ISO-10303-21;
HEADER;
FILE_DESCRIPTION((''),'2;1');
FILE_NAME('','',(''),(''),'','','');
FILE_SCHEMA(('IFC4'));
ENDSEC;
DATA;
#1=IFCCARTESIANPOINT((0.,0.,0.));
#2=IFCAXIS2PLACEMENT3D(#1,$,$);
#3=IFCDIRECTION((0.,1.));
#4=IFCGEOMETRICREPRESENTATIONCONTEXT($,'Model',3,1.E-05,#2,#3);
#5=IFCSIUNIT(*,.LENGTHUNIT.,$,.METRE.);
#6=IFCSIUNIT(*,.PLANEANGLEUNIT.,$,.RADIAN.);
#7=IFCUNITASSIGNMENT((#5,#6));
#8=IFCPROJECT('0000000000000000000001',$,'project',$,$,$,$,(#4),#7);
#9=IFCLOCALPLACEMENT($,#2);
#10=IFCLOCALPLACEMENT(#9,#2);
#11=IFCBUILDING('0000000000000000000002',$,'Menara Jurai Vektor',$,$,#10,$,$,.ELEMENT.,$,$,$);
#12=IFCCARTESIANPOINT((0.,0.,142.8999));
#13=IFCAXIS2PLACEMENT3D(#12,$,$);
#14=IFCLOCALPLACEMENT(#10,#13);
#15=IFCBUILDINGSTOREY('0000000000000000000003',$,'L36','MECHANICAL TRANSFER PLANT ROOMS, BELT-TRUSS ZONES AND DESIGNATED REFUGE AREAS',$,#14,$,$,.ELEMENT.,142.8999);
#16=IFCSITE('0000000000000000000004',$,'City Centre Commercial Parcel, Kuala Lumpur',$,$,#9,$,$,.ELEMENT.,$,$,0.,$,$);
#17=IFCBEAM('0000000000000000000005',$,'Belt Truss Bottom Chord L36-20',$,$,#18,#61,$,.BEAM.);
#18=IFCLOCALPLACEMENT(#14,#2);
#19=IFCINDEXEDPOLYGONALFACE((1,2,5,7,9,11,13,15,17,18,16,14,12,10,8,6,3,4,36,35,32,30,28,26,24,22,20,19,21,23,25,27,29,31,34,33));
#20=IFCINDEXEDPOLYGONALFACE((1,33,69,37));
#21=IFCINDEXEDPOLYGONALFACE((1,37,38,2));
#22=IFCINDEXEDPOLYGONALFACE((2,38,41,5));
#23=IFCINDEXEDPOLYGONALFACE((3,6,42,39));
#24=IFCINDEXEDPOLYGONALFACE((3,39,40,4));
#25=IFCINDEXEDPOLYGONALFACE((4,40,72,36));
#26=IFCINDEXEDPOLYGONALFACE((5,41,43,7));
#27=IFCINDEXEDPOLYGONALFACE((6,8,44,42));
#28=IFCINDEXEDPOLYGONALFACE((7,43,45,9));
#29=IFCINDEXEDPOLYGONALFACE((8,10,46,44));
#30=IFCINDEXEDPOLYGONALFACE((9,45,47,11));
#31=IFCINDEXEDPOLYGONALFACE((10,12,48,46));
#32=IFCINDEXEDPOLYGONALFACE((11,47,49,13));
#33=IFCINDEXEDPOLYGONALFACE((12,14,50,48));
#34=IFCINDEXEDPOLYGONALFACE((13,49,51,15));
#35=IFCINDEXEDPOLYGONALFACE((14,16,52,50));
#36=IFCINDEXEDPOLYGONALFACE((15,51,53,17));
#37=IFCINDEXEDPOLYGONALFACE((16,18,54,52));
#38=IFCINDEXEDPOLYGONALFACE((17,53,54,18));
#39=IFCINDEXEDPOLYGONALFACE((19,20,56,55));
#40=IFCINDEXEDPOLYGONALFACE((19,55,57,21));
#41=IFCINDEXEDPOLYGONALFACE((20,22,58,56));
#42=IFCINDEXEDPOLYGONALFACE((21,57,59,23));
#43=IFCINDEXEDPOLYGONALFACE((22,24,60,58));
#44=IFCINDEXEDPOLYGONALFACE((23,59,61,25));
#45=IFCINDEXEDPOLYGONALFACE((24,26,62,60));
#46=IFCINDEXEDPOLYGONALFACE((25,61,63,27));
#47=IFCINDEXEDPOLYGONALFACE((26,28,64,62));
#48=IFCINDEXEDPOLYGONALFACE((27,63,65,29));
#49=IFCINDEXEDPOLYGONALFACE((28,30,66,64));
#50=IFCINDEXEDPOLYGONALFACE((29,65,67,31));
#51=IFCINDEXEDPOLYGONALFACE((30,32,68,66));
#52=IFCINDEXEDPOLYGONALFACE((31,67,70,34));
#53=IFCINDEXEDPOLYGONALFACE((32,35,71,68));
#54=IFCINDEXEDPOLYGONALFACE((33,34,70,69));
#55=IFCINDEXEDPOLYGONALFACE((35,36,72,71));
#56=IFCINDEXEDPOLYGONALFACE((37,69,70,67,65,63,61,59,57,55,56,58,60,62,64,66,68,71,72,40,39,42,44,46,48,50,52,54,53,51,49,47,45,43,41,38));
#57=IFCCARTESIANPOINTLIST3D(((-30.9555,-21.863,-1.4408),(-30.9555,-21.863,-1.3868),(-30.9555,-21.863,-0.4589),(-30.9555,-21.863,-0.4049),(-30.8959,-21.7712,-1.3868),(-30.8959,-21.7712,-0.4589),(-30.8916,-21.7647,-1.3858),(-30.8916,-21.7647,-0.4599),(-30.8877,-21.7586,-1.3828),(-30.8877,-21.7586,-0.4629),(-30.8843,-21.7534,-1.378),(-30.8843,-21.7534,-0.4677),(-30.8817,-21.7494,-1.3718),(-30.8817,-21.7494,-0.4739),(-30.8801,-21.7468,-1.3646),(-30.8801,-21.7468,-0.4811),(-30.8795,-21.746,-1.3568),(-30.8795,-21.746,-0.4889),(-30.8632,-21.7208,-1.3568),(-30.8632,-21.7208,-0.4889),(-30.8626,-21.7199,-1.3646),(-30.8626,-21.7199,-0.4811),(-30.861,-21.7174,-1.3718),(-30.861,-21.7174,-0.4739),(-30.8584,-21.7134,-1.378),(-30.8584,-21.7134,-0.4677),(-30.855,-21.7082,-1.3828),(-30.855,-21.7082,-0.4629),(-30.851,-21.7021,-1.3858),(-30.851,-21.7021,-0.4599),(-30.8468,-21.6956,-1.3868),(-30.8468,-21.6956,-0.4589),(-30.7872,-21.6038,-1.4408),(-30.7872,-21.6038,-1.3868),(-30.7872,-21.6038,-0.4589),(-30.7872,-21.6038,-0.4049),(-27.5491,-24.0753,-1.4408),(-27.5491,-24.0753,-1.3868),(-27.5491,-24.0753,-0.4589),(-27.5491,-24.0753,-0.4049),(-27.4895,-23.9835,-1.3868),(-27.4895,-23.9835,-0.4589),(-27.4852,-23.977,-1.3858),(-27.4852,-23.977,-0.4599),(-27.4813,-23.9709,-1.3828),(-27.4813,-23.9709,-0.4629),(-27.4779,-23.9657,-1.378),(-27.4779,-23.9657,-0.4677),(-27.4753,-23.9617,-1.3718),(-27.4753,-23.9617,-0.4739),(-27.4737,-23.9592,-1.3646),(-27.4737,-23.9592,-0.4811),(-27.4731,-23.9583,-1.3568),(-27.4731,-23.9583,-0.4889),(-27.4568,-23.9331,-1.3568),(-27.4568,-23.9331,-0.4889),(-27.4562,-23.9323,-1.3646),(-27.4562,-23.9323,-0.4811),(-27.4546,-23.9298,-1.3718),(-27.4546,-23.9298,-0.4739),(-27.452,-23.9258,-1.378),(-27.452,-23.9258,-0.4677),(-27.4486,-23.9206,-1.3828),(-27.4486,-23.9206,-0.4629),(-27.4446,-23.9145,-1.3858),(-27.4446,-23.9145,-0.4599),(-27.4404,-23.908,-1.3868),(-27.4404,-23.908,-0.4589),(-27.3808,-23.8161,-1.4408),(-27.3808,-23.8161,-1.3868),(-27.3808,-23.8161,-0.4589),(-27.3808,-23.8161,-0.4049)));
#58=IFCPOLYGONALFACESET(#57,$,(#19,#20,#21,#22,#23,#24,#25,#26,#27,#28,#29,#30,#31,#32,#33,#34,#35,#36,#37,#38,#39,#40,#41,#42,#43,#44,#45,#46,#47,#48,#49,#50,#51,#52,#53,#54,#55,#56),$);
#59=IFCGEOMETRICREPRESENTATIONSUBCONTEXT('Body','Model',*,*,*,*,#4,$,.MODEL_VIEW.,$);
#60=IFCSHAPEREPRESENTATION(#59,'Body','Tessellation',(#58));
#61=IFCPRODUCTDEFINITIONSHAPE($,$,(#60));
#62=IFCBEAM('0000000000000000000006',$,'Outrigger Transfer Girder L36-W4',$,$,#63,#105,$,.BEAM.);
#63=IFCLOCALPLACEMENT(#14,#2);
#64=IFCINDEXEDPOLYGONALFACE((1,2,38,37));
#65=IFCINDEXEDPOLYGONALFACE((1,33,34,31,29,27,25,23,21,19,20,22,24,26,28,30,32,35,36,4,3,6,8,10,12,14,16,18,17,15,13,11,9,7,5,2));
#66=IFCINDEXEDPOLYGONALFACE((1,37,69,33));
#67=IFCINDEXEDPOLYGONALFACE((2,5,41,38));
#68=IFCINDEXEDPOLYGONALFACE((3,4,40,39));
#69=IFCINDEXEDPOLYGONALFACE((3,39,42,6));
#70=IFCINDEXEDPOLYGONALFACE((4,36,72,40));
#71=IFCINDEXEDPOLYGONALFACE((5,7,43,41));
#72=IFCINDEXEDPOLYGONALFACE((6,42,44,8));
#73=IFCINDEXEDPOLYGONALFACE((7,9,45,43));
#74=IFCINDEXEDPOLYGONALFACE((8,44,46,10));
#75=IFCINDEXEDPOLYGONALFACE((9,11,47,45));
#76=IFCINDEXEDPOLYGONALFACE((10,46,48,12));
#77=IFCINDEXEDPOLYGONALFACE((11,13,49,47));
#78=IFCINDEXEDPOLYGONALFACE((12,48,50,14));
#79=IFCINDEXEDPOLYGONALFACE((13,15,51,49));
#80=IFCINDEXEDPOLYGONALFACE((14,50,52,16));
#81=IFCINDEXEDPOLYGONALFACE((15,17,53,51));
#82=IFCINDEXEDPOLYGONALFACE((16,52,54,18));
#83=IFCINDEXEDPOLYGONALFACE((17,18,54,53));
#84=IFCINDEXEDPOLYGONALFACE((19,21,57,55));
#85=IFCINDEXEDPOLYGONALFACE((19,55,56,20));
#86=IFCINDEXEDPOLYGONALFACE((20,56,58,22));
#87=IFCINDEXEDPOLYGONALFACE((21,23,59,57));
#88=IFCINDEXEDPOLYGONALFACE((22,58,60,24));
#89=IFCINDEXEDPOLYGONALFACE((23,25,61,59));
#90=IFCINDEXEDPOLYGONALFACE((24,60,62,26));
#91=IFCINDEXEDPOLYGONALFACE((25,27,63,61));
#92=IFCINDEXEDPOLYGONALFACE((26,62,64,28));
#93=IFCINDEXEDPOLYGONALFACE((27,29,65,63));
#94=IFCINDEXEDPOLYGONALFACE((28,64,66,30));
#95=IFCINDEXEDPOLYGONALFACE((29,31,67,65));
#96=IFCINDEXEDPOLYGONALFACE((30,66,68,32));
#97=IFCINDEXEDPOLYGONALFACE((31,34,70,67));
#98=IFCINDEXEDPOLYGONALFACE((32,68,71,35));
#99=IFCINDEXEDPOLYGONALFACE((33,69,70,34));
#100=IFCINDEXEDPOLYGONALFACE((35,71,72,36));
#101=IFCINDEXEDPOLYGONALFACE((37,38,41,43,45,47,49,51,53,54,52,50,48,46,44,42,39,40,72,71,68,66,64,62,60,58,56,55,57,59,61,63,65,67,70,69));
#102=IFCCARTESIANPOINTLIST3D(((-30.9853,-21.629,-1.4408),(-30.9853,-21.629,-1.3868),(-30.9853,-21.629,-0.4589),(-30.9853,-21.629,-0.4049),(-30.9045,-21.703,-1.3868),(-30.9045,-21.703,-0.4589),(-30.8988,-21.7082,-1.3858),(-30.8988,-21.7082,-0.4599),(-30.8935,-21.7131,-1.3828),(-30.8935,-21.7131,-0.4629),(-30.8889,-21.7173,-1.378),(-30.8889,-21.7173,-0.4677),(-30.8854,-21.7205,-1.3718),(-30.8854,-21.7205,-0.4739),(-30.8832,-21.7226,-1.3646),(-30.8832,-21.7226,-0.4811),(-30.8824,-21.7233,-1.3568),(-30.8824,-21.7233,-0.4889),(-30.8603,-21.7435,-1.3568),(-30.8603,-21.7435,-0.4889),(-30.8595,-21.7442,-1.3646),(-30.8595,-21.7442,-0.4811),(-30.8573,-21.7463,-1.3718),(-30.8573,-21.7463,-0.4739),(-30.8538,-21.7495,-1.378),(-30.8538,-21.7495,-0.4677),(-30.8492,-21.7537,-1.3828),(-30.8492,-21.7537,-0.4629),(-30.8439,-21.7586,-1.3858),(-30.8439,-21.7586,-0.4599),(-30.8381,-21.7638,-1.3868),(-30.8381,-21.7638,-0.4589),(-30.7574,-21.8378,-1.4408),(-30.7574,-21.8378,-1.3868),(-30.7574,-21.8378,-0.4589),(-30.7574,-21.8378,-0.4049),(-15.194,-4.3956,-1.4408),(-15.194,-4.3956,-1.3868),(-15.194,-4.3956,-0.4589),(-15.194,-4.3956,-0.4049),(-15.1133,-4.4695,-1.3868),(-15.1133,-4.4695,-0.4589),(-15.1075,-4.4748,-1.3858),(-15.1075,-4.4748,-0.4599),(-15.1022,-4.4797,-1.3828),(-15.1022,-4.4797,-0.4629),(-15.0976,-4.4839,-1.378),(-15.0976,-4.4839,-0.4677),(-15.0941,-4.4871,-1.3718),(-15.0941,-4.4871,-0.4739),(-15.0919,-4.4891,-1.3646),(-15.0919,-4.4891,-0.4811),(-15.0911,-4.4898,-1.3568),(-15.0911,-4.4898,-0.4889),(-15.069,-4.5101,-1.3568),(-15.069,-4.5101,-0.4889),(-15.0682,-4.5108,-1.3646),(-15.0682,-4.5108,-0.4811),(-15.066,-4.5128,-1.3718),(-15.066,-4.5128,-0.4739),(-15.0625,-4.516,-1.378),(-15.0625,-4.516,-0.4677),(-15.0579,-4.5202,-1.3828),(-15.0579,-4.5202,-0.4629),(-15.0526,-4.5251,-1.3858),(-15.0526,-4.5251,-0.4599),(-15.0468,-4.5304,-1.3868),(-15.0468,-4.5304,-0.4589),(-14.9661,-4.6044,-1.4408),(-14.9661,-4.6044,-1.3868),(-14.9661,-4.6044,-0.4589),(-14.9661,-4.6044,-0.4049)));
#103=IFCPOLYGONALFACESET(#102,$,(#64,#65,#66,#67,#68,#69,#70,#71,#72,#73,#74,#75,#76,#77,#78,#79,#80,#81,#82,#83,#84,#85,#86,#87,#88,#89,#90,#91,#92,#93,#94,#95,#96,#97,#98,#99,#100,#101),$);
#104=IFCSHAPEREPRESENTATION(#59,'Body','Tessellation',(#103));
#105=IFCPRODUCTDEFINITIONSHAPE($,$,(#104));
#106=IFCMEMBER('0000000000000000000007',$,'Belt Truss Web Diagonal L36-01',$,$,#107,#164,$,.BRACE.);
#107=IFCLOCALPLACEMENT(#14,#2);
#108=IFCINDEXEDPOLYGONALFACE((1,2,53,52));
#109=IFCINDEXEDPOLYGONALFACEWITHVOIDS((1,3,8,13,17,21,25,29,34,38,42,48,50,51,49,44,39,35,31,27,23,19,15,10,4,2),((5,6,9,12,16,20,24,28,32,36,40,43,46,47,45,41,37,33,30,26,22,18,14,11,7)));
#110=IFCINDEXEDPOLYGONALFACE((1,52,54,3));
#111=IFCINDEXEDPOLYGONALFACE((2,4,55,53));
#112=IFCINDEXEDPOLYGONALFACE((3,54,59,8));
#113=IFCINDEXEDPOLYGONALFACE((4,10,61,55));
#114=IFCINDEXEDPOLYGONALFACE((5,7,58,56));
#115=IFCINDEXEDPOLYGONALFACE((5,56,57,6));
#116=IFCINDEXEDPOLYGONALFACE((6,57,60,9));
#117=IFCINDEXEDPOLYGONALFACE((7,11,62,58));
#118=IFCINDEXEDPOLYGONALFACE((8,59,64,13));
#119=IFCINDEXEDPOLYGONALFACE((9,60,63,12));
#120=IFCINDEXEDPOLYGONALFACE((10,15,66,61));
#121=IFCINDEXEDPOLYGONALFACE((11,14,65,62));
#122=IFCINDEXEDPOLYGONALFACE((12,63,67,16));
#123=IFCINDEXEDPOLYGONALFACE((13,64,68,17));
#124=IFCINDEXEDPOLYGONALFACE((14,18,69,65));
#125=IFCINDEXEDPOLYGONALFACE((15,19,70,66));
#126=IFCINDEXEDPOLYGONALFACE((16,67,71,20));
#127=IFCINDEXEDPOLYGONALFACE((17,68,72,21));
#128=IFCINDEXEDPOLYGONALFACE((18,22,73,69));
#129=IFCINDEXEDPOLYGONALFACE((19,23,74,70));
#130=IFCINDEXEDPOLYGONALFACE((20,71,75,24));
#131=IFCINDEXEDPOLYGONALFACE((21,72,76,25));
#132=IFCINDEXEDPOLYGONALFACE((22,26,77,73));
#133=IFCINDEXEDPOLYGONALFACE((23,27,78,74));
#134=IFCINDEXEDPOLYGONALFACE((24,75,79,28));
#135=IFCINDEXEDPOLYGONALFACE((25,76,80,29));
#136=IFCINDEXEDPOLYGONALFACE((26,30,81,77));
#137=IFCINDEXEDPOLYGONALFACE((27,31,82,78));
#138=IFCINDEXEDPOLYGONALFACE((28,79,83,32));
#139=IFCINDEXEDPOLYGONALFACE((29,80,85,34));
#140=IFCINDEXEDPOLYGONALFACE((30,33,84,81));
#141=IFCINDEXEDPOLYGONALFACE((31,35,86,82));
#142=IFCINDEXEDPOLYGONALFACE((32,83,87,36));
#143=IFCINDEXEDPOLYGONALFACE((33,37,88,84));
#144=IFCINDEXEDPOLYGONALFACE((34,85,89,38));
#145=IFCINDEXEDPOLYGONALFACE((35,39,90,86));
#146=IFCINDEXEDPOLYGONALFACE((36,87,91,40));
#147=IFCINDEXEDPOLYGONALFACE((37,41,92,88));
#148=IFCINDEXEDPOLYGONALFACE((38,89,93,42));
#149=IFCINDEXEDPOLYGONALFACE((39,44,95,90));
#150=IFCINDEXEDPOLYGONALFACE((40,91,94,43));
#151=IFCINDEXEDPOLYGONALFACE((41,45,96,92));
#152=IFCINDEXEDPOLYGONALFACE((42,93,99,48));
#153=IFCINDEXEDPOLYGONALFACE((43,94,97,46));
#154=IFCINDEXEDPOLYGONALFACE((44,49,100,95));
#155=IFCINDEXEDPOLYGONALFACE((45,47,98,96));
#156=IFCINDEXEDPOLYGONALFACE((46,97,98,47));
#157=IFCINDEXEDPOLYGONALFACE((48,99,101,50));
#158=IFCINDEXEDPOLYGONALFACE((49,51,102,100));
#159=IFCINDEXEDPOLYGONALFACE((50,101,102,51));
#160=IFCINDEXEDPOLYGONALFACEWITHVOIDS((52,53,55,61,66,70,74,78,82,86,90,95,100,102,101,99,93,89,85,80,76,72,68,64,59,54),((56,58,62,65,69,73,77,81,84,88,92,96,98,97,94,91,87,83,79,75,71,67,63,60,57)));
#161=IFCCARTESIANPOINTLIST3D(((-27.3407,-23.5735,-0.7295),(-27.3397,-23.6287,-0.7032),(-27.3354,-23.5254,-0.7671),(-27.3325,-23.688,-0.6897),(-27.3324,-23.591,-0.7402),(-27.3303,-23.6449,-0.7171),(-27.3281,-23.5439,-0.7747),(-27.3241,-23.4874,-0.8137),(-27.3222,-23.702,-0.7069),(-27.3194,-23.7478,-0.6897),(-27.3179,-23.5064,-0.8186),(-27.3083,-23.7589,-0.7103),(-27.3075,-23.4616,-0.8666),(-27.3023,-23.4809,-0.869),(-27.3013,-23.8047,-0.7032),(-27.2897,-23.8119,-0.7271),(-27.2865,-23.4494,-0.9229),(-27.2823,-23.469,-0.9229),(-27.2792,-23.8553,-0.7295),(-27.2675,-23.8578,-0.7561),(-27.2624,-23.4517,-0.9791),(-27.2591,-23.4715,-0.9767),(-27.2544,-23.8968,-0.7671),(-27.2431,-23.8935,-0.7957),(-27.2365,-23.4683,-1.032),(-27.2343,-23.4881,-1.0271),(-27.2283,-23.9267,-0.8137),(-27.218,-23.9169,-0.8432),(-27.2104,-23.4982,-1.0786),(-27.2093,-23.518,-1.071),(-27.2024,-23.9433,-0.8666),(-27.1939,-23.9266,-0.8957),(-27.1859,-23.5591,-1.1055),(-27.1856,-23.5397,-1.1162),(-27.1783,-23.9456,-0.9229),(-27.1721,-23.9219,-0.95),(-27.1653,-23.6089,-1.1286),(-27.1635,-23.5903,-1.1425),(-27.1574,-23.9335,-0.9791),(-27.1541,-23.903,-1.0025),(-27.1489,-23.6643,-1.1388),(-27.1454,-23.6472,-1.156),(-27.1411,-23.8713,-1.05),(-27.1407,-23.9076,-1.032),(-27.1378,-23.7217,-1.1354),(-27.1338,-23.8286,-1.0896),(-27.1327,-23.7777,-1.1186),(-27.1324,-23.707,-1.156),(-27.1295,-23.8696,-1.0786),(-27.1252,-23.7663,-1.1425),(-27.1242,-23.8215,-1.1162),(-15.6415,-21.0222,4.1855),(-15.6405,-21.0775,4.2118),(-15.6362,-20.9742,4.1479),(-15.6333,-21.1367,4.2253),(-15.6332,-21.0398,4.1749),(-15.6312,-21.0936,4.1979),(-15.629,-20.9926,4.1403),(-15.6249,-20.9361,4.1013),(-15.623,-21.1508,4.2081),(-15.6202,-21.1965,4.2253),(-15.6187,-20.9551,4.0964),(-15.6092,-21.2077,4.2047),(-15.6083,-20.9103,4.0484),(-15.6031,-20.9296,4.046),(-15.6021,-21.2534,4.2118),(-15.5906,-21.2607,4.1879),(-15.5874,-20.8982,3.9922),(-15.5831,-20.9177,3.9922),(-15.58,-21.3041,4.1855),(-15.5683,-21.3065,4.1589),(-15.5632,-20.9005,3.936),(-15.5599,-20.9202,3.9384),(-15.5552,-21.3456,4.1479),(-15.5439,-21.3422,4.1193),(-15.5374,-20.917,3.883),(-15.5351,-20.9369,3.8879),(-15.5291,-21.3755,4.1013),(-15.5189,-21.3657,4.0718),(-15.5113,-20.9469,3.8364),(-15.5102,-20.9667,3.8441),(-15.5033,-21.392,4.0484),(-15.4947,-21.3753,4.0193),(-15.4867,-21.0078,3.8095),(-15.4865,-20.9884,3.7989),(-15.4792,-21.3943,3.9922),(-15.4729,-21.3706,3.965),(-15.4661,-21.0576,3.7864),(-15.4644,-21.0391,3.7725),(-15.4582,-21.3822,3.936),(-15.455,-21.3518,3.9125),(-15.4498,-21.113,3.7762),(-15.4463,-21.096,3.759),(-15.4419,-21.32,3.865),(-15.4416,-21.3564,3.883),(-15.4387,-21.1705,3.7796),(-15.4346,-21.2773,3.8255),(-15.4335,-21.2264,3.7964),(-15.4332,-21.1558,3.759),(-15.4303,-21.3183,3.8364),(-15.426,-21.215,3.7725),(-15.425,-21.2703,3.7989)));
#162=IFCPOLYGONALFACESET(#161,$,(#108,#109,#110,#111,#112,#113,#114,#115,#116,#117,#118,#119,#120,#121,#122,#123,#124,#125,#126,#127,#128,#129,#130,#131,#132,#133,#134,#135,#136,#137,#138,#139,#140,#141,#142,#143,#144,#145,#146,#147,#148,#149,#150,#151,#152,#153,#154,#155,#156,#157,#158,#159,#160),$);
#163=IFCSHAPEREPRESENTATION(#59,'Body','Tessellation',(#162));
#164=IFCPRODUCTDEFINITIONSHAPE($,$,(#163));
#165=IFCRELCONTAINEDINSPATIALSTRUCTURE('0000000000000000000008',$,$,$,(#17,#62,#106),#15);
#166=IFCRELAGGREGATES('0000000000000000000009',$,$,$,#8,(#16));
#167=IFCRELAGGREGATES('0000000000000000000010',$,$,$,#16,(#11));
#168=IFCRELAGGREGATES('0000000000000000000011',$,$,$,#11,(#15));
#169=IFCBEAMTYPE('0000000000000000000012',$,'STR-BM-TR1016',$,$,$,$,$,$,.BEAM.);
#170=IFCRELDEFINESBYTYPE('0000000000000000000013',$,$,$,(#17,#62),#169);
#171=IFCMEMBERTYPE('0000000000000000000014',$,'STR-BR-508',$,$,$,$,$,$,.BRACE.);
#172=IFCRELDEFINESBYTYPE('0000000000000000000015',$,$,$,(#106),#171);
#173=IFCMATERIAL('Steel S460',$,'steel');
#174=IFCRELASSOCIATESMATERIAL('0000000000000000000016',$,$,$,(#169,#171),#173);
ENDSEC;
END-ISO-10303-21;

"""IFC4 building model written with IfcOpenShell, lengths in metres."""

from ifc_helpers import new_model, si_unit, direction, frame, origin, origin_2d, place, context, subcontext, project, spatial, hollow_circle, i_section, extrude, material, material_profile, profile_set, type_object, element, save


model = new_model("IFC4")

# Units and contexts
model_context = context("Model", 3, precision=1e-05, world=origin(), true_north=direction((0.0, 1.0)))
body_context = subcontext(model_context, "Body", "Model", "MODEL_VIEW")
ifc_project = project(units=[si_unit("LENGTHUNIT", "METRE"), si_unit("PLANEANGLEUNIT", "RADIAN")], contexts=[model_context])

# Site, building, storey
site_placement = place(None, origin())
site = spatial("IfcSite", under=ifc_project, at=site_placement, Name="City Centre Commercial Parcel, Kuala Lumpur", CompositionType="ELEMENT", RefElevation=0.0)
building_placement = place(site_placement, origin())
building = spatial("IfcBuilding", under=site, at=building_placement, Name="Menara Jurai Vektor", CompositionType="ELEMENT")
storey_placement = place(building_placement, frame((0.0, 0.0, 142.8999)))
storey = spatial("IfcBuildingStorey", under=building, at=storey_placement, Name="L36", Description="MECHANICAL TRANSFER PLANT ROOMS, BELT-TRUSS ZONES AND DESIGNATED REFUGE AREAS", CompositionType="ELEMENT", Elevation=142.8999)

# Shared definitions
ifc_material_1 = material(Name="Steel S460", Category="steel")

# Beams
ifc_material_profile_1 = material_profile(ifc_material_1, i_section(OverallWidth=0.3091, OverallDepth=1.0359, WebThickness=0.03, FlangeThickness=0.054, FilletRadius=0.03, at=origin_2d()), Name="UKB 1016x305x487")
ifc_profile_set_1 = profile_set([ifc_material_profile_1], Name="Steel S460")
beam_type_1 = type_object("IfcBeamType", Name="STR-BM-TR1016", PredefinedType="BEAM", material=ifc_profile_set_1)
beam_1_placement = place(storey_placement, frame((-30.8713, -21.7334, -0.9229), z_axis=(0.838648, -0.544674, 0.0), x_axis=(0.544674, 0.838648, 0.0)))
element("IfcBeam", 1, at=beam_1_placement, inside=storey, type_object=beam_type_1, Name="Belt Truss Bottom Chord L36-20", PredefinedType="BEAM", context=body_context, shape_type="SweptSolid", body=[
    extrude(i_section(OverallWidth=0.3091, OverallDepth=1.0359, WebThickness=0.03, FlangeThickness=0.054, FilletRadius=0.03, at=origin_2d()), origin(), (0.0, 0.0, 1.0), 4.0618),
])
beam_2_placement = place(storey_placement, frame((-30.8713, -21.7334, -0.9229), z_axis=(0.675585, 0.737282, 0.0), x_axis=(-0.737282, 0.675585, 0.0)))
element("IfcBeam", 2, at=beam_2_placement, inside=storey, type_object=beam_type_1, Name="Outrigger Transfer Girder L36-W4", PredefinedType="BEAM", context=body_context, shape_type="SweptSolid", body=[
    extrude(i_section(OverallWidth=0.3091, OverallDepth=1.0359, WebThickness=0.03, FlangeThickness=0.054, FilletRadius=0.03, at=origin_2d()), origin(), (0.0, 0.0, 1.0), 23.3743),
])

# Member
ifc_material_profile_2 = material_profile(ifc_material_1, hollow_circle(Radius=0.2539, WallThickness=0.02, at=origin_2d()), Name="CHS 508x20")
ifc_profile_set_2 = profile_set([ifc_material_profile_2], Name="Steel S460")
member_type_1 = type_object("IfcMemberType", Name="STR-BR-508", PredefinedType="BRACE", material=ifc_profile_set_2)
member_1_placement = place(storey_placement, frame((-27.2324, -23.6975, -0.9229), z_axis=(0.903857, 0.197106, 0.379726), x_axis=(-0.213064, 0.977038, 0.0)))
element("IfcMember", 3, at=member_1_placement, inside=storey, type_object=member_type_1, Name="Belt Truss Web Diagonal L36-01", PredefinedType="BRACE", context=body_context, shape_type="SweptSolid", body=[
    extrude(hollow_circle(Radius=0.2539, WallThickness=0.02, at=origin_2d()), origin(), (0.0, 0.0, 1.0), 12.9436),
])

save(model, "model.ifc")
